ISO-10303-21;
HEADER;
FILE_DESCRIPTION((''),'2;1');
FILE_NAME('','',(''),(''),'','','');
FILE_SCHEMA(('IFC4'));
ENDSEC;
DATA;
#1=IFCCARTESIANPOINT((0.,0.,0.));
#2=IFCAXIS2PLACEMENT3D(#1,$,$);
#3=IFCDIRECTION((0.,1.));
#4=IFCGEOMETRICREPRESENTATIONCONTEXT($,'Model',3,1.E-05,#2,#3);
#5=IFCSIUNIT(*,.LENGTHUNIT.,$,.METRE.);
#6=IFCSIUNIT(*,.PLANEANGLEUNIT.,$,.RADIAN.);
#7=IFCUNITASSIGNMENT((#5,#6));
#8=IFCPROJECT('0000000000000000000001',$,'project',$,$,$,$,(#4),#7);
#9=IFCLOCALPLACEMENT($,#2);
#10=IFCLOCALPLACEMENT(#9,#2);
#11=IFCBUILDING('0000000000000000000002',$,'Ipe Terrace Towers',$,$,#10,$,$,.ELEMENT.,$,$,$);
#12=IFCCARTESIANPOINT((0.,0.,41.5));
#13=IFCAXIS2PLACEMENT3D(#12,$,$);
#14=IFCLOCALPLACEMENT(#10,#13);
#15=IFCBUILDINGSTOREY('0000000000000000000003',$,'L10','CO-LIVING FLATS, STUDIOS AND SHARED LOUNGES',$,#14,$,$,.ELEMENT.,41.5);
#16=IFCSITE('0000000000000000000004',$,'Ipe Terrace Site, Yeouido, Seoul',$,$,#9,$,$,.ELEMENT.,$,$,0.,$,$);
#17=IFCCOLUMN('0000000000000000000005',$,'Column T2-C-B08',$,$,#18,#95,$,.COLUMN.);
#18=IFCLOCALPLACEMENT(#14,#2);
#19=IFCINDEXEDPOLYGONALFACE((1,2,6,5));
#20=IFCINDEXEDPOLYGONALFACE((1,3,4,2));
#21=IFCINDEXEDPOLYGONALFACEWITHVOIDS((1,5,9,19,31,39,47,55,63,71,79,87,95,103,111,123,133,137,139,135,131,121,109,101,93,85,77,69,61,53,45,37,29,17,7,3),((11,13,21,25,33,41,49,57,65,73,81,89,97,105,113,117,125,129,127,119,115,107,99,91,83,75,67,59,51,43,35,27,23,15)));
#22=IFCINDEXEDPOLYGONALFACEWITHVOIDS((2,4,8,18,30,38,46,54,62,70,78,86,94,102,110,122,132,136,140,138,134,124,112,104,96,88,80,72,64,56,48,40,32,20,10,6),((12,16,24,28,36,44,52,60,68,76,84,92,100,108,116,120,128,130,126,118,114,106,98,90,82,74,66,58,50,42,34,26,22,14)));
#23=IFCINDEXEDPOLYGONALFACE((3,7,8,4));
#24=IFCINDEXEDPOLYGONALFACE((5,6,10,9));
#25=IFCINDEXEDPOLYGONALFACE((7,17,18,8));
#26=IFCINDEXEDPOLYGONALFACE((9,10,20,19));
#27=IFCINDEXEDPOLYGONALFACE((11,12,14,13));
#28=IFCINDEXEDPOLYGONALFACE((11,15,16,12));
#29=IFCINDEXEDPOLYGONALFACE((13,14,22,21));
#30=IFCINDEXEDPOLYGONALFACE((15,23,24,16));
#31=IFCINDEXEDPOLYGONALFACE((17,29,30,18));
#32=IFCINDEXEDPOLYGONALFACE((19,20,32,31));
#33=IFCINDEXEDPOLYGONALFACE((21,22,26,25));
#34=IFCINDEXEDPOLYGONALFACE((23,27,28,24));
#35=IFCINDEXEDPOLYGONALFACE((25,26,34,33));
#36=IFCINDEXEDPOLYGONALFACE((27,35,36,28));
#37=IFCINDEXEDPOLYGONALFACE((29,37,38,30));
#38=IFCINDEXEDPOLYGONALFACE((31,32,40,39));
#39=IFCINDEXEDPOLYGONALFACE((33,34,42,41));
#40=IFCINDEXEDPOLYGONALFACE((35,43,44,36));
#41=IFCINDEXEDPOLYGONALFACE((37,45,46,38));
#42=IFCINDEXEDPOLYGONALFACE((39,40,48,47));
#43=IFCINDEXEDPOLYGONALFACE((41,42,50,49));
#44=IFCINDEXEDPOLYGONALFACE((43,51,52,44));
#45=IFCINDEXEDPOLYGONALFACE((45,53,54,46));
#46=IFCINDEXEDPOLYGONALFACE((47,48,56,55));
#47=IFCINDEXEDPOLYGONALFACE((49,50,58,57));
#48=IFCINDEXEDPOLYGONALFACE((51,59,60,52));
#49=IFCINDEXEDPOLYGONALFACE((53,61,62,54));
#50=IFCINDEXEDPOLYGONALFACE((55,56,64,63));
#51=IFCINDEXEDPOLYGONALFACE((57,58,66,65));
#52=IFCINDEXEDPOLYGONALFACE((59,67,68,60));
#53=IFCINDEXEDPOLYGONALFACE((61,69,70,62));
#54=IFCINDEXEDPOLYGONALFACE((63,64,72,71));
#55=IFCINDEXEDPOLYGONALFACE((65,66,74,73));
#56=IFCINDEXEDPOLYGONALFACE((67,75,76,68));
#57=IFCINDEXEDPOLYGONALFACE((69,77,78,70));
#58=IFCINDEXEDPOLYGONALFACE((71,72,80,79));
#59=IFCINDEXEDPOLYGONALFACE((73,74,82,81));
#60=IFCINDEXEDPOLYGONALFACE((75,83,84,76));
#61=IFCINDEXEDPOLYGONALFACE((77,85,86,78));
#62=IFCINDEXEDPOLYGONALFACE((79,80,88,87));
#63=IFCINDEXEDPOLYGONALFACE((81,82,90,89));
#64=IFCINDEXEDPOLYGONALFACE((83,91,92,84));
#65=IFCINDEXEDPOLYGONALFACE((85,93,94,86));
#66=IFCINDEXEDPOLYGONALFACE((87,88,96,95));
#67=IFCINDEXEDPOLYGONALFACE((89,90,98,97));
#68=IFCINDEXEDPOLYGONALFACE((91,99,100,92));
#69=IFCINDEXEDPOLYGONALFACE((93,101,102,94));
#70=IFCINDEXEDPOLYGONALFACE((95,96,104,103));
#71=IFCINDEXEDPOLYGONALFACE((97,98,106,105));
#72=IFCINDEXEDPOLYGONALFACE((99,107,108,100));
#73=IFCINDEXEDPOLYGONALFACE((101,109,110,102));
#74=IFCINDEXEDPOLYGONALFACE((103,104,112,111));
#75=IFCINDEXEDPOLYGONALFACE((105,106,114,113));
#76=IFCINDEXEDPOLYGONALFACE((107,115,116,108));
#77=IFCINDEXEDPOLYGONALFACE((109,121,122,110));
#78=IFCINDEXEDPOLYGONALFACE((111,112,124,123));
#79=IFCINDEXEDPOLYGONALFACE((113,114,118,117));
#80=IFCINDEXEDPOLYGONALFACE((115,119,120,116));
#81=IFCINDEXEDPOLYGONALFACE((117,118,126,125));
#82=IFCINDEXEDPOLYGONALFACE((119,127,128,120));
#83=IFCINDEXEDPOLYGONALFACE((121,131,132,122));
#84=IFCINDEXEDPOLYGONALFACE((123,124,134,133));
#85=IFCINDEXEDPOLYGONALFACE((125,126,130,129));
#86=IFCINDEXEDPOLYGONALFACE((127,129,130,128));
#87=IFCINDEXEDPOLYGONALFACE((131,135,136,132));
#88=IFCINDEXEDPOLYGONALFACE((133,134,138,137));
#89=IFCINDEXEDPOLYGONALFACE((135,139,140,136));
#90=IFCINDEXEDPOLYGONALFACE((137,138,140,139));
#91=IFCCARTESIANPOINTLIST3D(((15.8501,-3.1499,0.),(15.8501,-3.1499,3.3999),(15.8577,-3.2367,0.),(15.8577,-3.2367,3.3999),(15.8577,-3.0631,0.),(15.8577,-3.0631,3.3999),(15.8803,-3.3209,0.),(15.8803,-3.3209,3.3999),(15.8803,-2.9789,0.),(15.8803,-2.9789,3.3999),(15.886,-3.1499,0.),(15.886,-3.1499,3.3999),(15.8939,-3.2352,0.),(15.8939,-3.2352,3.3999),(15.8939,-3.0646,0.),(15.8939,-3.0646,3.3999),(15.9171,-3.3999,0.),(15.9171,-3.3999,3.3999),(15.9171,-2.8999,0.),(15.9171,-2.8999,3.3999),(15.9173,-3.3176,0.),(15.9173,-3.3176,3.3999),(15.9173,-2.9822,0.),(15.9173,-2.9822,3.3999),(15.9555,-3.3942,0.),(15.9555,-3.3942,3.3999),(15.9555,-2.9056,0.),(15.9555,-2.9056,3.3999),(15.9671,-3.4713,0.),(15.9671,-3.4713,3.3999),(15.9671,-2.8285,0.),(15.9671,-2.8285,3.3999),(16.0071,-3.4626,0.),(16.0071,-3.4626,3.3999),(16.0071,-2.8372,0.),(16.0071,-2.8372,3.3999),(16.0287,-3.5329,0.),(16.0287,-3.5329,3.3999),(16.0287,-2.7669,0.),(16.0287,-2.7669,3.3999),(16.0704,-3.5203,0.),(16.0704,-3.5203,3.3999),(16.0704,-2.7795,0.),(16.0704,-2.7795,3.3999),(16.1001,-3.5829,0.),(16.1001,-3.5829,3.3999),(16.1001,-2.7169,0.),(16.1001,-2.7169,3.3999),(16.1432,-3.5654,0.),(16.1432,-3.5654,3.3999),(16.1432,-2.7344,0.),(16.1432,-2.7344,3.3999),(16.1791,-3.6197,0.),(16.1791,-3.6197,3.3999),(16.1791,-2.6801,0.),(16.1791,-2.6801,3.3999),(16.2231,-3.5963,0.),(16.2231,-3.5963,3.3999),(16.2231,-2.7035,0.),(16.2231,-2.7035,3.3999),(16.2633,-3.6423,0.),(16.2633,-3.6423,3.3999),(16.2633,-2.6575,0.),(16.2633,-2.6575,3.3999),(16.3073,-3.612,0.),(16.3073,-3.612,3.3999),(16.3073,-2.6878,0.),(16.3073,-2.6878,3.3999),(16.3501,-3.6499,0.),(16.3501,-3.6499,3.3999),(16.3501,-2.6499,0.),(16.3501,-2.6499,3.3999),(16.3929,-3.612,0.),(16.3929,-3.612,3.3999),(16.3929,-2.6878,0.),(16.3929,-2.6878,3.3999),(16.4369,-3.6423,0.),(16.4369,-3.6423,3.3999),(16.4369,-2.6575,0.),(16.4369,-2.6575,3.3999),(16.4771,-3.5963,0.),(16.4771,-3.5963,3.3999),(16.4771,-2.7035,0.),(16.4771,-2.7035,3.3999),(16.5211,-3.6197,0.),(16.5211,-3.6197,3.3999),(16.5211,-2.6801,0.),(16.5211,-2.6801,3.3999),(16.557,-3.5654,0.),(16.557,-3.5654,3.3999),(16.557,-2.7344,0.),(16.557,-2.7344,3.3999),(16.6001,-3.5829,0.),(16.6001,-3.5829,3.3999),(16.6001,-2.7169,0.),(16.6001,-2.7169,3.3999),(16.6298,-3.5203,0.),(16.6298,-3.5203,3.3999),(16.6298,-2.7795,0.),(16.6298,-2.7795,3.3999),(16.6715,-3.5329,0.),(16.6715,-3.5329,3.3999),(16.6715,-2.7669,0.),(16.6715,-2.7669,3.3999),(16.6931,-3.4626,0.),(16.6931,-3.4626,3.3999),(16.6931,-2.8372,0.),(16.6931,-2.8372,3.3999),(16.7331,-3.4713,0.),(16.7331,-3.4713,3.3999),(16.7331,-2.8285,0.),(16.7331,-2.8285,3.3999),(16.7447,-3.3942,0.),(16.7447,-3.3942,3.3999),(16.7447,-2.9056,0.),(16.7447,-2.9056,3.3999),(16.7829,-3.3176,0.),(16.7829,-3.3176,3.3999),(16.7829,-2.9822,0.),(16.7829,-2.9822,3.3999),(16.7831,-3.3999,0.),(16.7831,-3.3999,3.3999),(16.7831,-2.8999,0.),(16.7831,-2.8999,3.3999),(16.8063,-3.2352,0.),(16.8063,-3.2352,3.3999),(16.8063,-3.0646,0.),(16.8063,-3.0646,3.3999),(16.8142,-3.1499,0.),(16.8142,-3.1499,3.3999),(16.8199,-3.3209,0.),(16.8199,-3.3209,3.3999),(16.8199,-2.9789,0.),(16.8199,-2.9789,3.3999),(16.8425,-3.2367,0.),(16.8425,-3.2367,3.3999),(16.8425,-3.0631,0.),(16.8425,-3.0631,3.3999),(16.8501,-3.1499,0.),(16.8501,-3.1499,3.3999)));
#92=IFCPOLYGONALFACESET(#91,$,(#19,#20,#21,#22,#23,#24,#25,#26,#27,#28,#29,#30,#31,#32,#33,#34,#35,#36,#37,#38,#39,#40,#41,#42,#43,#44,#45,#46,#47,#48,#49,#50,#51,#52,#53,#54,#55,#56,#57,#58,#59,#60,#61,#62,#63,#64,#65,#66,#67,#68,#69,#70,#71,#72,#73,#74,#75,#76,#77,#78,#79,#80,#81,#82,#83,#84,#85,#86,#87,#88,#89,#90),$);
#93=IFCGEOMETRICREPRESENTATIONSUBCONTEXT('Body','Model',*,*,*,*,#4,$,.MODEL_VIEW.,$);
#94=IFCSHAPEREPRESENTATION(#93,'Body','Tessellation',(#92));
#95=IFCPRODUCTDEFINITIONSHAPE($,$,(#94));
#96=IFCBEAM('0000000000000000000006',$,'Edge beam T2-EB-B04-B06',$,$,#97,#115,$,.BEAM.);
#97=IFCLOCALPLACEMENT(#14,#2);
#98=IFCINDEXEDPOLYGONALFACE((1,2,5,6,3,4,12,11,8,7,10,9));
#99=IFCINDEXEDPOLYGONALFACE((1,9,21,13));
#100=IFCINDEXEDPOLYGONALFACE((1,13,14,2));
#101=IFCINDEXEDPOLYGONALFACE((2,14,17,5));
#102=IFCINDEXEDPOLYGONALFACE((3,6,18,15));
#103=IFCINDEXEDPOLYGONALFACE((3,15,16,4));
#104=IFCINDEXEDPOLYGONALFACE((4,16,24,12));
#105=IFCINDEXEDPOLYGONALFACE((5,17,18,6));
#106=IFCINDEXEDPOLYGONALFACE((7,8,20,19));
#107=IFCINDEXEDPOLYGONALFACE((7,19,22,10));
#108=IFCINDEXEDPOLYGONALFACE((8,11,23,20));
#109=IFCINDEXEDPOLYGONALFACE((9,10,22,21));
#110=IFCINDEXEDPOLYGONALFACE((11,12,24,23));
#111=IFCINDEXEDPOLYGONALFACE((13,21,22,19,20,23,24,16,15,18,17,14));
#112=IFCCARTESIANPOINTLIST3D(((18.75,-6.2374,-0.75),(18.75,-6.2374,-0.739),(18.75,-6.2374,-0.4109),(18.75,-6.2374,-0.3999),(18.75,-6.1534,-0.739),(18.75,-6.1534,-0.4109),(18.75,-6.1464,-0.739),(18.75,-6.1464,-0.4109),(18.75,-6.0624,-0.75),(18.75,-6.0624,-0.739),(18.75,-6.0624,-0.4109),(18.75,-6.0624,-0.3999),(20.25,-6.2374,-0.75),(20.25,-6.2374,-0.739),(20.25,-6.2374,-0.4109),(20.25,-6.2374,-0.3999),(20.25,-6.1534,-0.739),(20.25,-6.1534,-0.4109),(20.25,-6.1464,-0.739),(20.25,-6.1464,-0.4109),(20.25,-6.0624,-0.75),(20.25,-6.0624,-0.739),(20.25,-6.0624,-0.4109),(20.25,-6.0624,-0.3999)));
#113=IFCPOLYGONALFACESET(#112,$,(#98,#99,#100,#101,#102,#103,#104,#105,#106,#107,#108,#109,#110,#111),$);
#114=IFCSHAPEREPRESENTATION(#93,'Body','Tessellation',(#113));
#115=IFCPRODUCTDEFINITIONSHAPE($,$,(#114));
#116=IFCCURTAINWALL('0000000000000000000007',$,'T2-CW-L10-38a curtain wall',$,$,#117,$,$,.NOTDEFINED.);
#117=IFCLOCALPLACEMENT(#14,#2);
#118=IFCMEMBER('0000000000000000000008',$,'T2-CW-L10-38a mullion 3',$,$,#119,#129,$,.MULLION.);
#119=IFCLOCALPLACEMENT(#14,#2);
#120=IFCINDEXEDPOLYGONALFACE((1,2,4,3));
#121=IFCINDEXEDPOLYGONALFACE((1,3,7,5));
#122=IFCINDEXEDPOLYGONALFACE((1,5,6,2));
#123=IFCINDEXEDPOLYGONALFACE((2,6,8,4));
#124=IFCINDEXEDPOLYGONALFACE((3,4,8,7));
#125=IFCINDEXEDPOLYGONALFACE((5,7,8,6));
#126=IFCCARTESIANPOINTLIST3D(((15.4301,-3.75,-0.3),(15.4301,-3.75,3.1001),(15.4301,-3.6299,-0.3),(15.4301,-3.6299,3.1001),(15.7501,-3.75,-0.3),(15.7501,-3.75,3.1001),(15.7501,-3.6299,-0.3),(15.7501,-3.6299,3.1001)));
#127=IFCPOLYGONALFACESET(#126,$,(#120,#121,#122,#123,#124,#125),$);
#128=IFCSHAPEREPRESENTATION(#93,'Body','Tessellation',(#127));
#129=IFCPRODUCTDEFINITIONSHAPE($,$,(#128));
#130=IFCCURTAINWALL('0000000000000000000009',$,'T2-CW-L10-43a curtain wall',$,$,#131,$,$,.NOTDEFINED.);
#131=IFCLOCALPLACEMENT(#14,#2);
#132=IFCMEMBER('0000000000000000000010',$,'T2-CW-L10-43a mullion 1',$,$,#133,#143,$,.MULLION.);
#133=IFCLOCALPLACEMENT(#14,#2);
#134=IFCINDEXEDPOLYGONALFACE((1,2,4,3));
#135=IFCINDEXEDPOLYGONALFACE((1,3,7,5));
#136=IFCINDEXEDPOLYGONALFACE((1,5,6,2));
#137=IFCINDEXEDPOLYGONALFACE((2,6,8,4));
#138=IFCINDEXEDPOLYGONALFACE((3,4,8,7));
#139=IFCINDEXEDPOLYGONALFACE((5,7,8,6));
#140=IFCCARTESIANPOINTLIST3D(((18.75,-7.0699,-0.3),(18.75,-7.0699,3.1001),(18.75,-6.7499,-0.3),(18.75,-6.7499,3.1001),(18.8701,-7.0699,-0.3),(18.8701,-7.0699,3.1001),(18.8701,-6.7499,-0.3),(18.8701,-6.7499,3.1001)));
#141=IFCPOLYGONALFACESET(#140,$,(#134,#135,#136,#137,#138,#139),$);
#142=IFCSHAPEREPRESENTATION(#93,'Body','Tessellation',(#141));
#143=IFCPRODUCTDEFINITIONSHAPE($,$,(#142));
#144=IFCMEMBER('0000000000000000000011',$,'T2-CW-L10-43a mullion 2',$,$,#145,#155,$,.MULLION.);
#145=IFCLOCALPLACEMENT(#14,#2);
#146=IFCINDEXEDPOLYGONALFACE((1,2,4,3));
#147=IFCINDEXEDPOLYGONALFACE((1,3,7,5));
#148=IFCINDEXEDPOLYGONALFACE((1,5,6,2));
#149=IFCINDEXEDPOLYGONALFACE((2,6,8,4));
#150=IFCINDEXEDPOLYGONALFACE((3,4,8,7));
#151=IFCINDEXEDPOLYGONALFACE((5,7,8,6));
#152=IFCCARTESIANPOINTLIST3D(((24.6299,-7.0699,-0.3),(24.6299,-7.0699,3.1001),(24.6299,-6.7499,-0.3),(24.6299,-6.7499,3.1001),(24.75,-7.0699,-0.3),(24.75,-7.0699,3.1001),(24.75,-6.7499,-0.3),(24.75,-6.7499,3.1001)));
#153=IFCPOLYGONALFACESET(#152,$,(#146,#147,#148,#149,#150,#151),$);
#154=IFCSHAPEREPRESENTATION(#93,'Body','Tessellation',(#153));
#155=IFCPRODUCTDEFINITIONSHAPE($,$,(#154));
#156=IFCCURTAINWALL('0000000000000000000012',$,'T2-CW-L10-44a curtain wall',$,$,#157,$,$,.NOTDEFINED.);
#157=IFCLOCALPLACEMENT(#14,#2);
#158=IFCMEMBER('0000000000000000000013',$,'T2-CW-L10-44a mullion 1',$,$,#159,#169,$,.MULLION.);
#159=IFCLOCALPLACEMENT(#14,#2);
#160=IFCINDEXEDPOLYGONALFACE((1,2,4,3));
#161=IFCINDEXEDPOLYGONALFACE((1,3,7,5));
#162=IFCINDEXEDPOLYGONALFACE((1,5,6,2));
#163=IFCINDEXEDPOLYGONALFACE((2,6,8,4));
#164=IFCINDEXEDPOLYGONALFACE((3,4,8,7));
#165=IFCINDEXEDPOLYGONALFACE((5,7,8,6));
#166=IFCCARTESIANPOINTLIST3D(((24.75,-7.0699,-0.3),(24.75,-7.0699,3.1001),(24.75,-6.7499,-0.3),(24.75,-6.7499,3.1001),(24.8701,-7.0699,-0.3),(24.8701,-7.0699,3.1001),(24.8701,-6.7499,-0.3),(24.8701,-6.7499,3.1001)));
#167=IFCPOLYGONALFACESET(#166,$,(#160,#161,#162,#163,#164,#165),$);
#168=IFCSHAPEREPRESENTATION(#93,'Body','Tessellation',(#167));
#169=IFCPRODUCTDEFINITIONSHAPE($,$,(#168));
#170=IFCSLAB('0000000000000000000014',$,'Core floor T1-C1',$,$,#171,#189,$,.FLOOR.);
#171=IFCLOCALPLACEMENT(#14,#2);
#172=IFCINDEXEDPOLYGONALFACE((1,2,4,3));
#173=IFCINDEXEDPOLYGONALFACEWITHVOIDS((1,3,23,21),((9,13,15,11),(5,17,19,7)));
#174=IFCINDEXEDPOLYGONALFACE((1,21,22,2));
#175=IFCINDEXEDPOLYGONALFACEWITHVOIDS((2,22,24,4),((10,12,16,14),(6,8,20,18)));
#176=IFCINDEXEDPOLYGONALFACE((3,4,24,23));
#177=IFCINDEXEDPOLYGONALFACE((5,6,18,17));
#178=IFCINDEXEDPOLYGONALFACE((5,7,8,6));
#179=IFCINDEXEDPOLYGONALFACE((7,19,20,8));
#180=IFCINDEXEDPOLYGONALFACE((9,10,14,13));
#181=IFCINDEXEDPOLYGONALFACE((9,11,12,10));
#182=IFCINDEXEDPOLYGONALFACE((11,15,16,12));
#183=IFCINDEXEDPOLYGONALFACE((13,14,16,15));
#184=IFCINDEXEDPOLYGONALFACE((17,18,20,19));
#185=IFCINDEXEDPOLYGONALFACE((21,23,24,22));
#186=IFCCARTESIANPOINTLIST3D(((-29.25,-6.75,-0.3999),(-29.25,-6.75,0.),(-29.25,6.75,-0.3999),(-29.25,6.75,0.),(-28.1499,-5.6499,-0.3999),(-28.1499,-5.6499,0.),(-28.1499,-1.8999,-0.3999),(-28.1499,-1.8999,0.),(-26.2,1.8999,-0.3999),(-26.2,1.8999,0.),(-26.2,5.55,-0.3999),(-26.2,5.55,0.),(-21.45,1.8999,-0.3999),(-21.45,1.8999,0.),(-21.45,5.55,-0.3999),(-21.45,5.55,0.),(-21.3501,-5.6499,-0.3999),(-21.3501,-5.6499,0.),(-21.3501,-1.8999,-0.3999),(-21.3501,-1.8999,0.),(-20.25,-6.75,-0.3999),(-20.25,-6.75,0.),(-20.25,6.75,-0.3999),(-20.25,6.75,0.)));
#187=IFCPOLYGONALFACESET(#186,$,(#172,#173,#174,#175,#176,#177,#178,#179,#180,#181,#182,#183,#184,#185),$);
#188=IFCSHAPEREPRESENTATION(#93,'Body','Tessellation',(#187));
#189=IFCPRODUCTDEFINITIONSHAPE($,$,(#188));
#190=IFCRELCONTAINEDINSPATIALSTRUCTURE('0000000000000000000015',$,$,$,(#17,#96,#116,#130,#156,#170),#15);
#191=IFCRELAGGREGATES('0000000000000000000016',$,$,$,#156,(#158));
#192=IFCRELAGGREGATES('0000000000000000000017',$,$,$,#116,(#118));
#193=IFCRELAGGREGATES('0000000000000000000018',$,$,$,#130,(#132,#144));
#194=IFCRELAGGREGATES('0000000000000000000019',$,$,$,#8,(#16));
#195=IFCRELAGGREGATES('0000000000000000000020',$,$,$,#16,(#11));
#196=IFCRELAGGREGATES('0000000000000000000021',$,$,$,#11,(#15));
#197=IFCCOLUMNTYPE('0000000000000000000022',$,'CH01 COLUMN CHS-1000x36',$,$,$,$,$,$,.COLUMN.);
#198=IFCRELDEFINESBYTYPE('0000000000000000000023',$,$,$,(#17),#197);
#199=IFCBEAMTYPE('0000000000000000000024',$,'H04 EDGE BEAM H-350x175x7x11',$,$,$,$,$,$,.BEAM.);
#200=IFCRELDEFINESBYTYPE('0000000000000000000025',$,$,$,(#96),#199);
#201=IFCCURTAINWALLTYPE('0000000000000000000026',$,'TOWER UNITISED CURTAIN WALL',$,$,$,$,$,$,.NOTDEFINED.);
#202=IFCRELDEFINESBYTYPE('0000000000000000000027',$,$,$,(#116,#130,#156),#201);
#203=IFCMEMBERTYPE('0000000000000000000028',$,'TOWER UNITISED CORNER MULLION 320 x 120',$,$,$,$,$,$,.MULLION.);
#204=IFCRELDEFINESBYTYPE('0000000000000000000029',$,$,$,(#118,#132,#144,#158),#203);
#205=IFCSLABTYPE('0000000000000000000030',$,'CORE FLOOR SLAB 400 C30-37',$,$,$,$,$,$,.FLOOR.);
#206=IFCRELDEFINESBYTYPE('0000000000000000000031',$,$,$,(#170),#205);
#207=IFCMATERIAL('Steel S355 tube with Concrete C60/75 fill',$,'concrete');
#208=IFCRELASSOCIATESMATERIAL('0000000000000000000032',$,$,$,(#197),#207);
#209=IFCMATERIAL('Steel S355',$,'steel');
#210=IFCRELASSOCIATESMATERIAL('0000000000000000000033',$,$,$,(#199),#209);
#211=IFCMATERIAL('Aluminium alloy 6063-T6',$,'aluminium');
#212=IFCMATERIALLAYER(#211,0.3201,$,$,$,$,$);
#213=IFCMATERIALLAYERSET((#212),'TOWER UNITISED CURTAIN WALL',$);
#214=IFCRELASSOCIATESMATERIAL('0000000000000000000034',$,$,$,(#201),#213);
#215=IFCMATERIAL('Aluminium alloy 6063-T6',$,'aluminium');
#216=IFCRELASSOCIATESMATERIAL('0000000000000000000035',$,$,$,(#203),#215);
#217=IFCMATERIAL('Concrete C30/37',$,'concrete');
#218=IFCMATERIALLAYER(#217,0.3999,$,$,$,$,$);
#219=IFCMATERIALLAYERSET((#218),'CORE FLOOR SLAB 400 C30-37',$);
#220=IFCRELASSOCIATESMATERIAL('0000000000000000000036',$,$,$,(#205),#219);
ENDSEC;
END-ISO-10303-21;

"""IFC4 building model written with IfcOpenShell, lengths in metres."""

from ifc_helpers import new_model, si_unit, direction, frame, origin, origin_2d, place, context, subcontext, project, spatial, polyline, rectangle, hollow_circle, i_section, outline, extrude, material, layer, layer_set, material_profile, profile_set, type_object, element, aggregate, save


model = new_model("IFC4")

# Units and contexts
model_context = context("Model", 3, precision=1e-05, world=origin(), true_north=direction((0.0, 1.0)))
body_context = subcontext(model_context, "Body", "Model", "MODEL_VIEW")
ifc_project = project(units=[si_unit("LENGTHUNIT", "METRE"), si_unit("PLANEANGLEUNIT", "RADIAN")], contexts=[model_context])

# Site, building, storey
site_placement = place(None, origin())
site = spatial("IfcSite", under=ifc_project, at=site_placement, Name="Ipe Terrace Site, Yeouido, Seoul", CompositionType="ELEMENT", RefElevation=0.0)
building_placement = place(site_placement, origin())
building = spatial("IfcBuilding", under=site, at=building_placement, Name="Ipe Terrace Towers", CompositionType="ELEMENT")
storey_placement = place(building_placement, frame((0.0, 0.0, 41.5)))
storey = spatial("IfcBuildingStorey", under=building, at=storey_placement, Name="L10", Description="CO-LIVING FLATS, STUDIOS AND SHARED LOUNGES", CompositionType="ELEMENT", Elevation=41.5)

# Column
ifc_material_1 = material(Name="Steel S355 tube with Concrete C60/75 fill", Category="concrete")
ifc_material_profile_1 = material_profile(ifc_material_1, hollow_circle(Radius=0.5, WallThickness=0.0359, at=origin_2d()), Name="CHS-1000x36")
ifc_profile_set_1 = profile_set([ifc_material_profile_1], Name="Steel S355 tube with Concrete C60/75 fill")
column_type = type_object("IfcColumnType", Name="CH01 COLUMN CHS-1000x36", PredefinedType="COLUMN", material=ifc_profile_set_1)
for number, where, z_axis, x_axis, name in (
    (1, (16.3501, -3.1499, 0.0), (0.0, 0.0, 1.0), (1.0, 0.0, 0.0), "Column T2-C-B08"),
):
    element("IfcColumn", number, at=place(storey_placement, frame(where, z_axis=z_axis, x_axis=x_axis)), inside=storey, type_object=column_type, Name=name, PredefinedType="COLUMN", context=body_context, shape_type="SweptSolid", body=[
        extrude(hollow_circle(Radius=0.5, WallThickness=0.0359, at=origin_2d()), origin(), (0.0, 0.0, 1.0), 3.3999),
    ])

# Beam
ifc_material_2 = material(Name="Steel S355", Category="steel")
ifc_material_profile_2 = material_profile(ifc_material_2, i_section(OverallWidth=0.175, OverallDepth=0.3501, WebThickness=0.0071, FlangeThickness=0.011, at=origin_2d()), Name="H-350x175x7x11")
ifc_profile_set_2 = profile_set([ifc_material_profile_2], Name="Steel S355")
beam_type = type_object("IfcBeamType", Name="H04 EDGE BEAM H-350x175x7x11", PredefinedType="BEAM", material=ifc_profile_set_2)
beam_placement = place(storey_placement, frame((20.25, -6.1499, -0.575), z_axis=(-1.0, 0.0, 0.0), x_axis=(0.0, -1.0, 0.0)))
element("IfcBeam", 2, at=beam_placement, inside=storey, type_object=beam_type, Name="Edge beam T2-EB-B04-B06", PredefinedType="BEAM", context=body_context, shape_type="SweptSolid", body=[
    extrude(i_section(OverallWidth=0.175, OverallDepth=0.3501, WebThickness=0.0071, FlangeThickness=0.011, at=origin_2d()), origin(), (0.0, 0.0, 1.0), 1.5),
])

# Curtain wall, member
ifc_material_3 = material(Name="Aluminium alloy 6063-T6", Category="aluminium")
ifc_layer_1 = layer(ifc_material_3, 0.3201)
ifc_layer_set_1 = layer_set([ifc_layer_1], Name="TOWER UNITISED CURTAIN WALL")
curtain_wall_type = type_object("IfcCurtainWallType", Name="TOWER UNITISED CURTAIN WALL", PredefinedType="NOTDEFINED", material=ifc_layer_set_1)
curtain_wall_1_placement = place(storey_placement, origin())
curtain_wall_1 = element("IfcCurtainWall", 3, at=curtain_wall_1_placement, inside=storey, type_object=curtain_wall_type, Name="T2-CW-L10-38a curtain wall", PredefinedType="NOTDEFINED")
ifc_material_4 = material(Name="Aluminium alloy 6063-T6", Category="aluminium")
ifc_material_profile_3 = material_profile(ifc_material_4, rectangle(XDim=0.3201, YDim=0.1201, at=origin_2d()), Name="TOWER UNITISED CORNER MULLION 320 x 120")
ifc_profile_set_3 = profile_set([ifc_material_profile_3], Name="Aluminium alloy 6063-T6")
member_type = type_object("IfcMemberType", Name="TOWER UNITISED CORNER MULLION 320 x 120", PredefinedType="MULLION", material=ifc_profile_set_3)
member_1_placement = place(storey_placement, frame((15.5901, -3.6899, -0.3), z_axis=(0.0, 0.0, 1.0), x_axis=(-1.0, 0.0, 0.0)))
member_1 = element("IfcMember", 4, at=member_1_placement, type_object=member_type, Name="T2-CW-L10-38a mullion 3", PredefinedType="MULLION", context=body_context, shape_type="SweptSolid", body=[
    extrude(rectangle(XDim=0.3201, YDim=0.1201, at=origin_2d()), origin(), (0.0, 0.0, 1.0), 3.4001),
])

# Curtain wall, members
curtain_wall_2_placement = place(storey_placement, origin())
curtain_wall_2 = element("IfcCurtainWall", 5, at=curtain_wall_2_placement, inside=storey, type_object=curtain_wall_type, Name="T2-CW-L10-43a curtain wall", PredefinedType="NOTDEFINED")
member_2_placement = place(storey_placement, frame((18.8101, -6.9099, -0.3), z_axis=(0.0, 0.0, 1.0), x_axis=(0.0, -1.0, 0.0)))
member_2 = element("IfcMember", 6, at=member_2_placement, type_object=member_type, Name="T2-CW-L10-43a mullion 1", PredefinedType="MULLION", context=body_context, shape_type="SweptSolid", body=[
    extrude(rectangle(XDim=0.3201, YDim=0.1201, at=origin_2d()), origin(), (0.0, 0.0, 1.0), 3.4001),
])
member_3_placement = place(storey_placement, frame((24.6899, -6.9099, -0.3), z_axis=(0.0, 0.0, 1.0), x_axis=(0.0, -1.0, 0.0)))
member_3 = element("IfcMember", 7, at=member_3_placement, type_object=member_type, Name="T2-CW-L10-43a mullion 2", PredefinedType="MULLION", context=body_context, shape_type="SweptSolid", body=[
    extrude(rectangle(XDim=0.3201, YDim=0.1201, at=origin_2d()), origin(), (0.0, 0.0, 1.0), 3.4001),
])

# Curtain wall, member
curtain_wall_3_placement = place(storey_placement, origin())
curtain_wall_3 = element("IfcCurtainWall", 8, at=curtain_wall_3_placement, inside=storey, type_object=curtain_wall_type, Name="T2-CW-L10-44a curtain wall", PredefinedType="NOTDEFINED")
member_4_placement = place(storey_placement, frame((24.8101, -6.9099, -0.3), z_axis=(0.0, 0.0, 1.0), x_axis=(0.0, -1.0, 0.0)))
member_4 = element("IfcMember", 9, at=member_4_placement, type_object=member_type, Name="T2-CW-L10-44a mullion 1", PredefinedType="MULLION", context=body_context, shape_type="SweptSolid", body=[
    extrude(rectangle(XDim=0.3201, YDim=0.1201, at=origin_2d()), origin(), (0.0, 0.0, 1.0), 3.4001),
])
aggregate(curtain_wall_3, [member_4])

# Slab
ifc_material_5 = material(Name="Concrete C30/37", Category="concrete")
ifc_layer_2 = layer(ifc_material_5, 0.3999)
ifc_layer_set_2 = layer_set([ifc_layer_2], Name="CORE FLOOR SLAB 400 C30-37")
slab_type_1 = type_object("IfcSlabType", Name="CORE FLOOR SLAB 400 C30-37", PredefinedType="FLOOR", material=ifc_layer_set_2)
slab_1_placement = place(storey_placement, frame((0.0, 0.0, -0.3999)))
element("IfcSlab", 10, at=slab_1_placement, inside=storey, type_object=slab_type_1, Name="Core floor T1-C1", PredefinedType="FLOOR", context=body_context, shape_type="SweptSolid", body=[
    extrude(outline(polyline([(-29.25, -6.75), (-29.25, 6.75), (-20.25, 6.75), (-20.25, -6.75), (-29.25, -6.75)]), holes=[polyline([(-28.1499, -5.6499), (-21.3501, -5.6499), (-21.3501, -1.8999), (-28.1499, -1.8999), (-28.1499, -5.6499)]), polyline([(-26.2, 5.55), (-26.2, 1.8999), (-21.45, 1.8999), (-21.45, 5.55), (-26.2, 5.55)])]), origin(), (0.0, 0.0, 1.0), 0.3999),
])

aggregate(curtain_wall_1, [member_1])
aggregate(curtain_wall_2, [member_2, member_3])

save(model, "model.ifc")
